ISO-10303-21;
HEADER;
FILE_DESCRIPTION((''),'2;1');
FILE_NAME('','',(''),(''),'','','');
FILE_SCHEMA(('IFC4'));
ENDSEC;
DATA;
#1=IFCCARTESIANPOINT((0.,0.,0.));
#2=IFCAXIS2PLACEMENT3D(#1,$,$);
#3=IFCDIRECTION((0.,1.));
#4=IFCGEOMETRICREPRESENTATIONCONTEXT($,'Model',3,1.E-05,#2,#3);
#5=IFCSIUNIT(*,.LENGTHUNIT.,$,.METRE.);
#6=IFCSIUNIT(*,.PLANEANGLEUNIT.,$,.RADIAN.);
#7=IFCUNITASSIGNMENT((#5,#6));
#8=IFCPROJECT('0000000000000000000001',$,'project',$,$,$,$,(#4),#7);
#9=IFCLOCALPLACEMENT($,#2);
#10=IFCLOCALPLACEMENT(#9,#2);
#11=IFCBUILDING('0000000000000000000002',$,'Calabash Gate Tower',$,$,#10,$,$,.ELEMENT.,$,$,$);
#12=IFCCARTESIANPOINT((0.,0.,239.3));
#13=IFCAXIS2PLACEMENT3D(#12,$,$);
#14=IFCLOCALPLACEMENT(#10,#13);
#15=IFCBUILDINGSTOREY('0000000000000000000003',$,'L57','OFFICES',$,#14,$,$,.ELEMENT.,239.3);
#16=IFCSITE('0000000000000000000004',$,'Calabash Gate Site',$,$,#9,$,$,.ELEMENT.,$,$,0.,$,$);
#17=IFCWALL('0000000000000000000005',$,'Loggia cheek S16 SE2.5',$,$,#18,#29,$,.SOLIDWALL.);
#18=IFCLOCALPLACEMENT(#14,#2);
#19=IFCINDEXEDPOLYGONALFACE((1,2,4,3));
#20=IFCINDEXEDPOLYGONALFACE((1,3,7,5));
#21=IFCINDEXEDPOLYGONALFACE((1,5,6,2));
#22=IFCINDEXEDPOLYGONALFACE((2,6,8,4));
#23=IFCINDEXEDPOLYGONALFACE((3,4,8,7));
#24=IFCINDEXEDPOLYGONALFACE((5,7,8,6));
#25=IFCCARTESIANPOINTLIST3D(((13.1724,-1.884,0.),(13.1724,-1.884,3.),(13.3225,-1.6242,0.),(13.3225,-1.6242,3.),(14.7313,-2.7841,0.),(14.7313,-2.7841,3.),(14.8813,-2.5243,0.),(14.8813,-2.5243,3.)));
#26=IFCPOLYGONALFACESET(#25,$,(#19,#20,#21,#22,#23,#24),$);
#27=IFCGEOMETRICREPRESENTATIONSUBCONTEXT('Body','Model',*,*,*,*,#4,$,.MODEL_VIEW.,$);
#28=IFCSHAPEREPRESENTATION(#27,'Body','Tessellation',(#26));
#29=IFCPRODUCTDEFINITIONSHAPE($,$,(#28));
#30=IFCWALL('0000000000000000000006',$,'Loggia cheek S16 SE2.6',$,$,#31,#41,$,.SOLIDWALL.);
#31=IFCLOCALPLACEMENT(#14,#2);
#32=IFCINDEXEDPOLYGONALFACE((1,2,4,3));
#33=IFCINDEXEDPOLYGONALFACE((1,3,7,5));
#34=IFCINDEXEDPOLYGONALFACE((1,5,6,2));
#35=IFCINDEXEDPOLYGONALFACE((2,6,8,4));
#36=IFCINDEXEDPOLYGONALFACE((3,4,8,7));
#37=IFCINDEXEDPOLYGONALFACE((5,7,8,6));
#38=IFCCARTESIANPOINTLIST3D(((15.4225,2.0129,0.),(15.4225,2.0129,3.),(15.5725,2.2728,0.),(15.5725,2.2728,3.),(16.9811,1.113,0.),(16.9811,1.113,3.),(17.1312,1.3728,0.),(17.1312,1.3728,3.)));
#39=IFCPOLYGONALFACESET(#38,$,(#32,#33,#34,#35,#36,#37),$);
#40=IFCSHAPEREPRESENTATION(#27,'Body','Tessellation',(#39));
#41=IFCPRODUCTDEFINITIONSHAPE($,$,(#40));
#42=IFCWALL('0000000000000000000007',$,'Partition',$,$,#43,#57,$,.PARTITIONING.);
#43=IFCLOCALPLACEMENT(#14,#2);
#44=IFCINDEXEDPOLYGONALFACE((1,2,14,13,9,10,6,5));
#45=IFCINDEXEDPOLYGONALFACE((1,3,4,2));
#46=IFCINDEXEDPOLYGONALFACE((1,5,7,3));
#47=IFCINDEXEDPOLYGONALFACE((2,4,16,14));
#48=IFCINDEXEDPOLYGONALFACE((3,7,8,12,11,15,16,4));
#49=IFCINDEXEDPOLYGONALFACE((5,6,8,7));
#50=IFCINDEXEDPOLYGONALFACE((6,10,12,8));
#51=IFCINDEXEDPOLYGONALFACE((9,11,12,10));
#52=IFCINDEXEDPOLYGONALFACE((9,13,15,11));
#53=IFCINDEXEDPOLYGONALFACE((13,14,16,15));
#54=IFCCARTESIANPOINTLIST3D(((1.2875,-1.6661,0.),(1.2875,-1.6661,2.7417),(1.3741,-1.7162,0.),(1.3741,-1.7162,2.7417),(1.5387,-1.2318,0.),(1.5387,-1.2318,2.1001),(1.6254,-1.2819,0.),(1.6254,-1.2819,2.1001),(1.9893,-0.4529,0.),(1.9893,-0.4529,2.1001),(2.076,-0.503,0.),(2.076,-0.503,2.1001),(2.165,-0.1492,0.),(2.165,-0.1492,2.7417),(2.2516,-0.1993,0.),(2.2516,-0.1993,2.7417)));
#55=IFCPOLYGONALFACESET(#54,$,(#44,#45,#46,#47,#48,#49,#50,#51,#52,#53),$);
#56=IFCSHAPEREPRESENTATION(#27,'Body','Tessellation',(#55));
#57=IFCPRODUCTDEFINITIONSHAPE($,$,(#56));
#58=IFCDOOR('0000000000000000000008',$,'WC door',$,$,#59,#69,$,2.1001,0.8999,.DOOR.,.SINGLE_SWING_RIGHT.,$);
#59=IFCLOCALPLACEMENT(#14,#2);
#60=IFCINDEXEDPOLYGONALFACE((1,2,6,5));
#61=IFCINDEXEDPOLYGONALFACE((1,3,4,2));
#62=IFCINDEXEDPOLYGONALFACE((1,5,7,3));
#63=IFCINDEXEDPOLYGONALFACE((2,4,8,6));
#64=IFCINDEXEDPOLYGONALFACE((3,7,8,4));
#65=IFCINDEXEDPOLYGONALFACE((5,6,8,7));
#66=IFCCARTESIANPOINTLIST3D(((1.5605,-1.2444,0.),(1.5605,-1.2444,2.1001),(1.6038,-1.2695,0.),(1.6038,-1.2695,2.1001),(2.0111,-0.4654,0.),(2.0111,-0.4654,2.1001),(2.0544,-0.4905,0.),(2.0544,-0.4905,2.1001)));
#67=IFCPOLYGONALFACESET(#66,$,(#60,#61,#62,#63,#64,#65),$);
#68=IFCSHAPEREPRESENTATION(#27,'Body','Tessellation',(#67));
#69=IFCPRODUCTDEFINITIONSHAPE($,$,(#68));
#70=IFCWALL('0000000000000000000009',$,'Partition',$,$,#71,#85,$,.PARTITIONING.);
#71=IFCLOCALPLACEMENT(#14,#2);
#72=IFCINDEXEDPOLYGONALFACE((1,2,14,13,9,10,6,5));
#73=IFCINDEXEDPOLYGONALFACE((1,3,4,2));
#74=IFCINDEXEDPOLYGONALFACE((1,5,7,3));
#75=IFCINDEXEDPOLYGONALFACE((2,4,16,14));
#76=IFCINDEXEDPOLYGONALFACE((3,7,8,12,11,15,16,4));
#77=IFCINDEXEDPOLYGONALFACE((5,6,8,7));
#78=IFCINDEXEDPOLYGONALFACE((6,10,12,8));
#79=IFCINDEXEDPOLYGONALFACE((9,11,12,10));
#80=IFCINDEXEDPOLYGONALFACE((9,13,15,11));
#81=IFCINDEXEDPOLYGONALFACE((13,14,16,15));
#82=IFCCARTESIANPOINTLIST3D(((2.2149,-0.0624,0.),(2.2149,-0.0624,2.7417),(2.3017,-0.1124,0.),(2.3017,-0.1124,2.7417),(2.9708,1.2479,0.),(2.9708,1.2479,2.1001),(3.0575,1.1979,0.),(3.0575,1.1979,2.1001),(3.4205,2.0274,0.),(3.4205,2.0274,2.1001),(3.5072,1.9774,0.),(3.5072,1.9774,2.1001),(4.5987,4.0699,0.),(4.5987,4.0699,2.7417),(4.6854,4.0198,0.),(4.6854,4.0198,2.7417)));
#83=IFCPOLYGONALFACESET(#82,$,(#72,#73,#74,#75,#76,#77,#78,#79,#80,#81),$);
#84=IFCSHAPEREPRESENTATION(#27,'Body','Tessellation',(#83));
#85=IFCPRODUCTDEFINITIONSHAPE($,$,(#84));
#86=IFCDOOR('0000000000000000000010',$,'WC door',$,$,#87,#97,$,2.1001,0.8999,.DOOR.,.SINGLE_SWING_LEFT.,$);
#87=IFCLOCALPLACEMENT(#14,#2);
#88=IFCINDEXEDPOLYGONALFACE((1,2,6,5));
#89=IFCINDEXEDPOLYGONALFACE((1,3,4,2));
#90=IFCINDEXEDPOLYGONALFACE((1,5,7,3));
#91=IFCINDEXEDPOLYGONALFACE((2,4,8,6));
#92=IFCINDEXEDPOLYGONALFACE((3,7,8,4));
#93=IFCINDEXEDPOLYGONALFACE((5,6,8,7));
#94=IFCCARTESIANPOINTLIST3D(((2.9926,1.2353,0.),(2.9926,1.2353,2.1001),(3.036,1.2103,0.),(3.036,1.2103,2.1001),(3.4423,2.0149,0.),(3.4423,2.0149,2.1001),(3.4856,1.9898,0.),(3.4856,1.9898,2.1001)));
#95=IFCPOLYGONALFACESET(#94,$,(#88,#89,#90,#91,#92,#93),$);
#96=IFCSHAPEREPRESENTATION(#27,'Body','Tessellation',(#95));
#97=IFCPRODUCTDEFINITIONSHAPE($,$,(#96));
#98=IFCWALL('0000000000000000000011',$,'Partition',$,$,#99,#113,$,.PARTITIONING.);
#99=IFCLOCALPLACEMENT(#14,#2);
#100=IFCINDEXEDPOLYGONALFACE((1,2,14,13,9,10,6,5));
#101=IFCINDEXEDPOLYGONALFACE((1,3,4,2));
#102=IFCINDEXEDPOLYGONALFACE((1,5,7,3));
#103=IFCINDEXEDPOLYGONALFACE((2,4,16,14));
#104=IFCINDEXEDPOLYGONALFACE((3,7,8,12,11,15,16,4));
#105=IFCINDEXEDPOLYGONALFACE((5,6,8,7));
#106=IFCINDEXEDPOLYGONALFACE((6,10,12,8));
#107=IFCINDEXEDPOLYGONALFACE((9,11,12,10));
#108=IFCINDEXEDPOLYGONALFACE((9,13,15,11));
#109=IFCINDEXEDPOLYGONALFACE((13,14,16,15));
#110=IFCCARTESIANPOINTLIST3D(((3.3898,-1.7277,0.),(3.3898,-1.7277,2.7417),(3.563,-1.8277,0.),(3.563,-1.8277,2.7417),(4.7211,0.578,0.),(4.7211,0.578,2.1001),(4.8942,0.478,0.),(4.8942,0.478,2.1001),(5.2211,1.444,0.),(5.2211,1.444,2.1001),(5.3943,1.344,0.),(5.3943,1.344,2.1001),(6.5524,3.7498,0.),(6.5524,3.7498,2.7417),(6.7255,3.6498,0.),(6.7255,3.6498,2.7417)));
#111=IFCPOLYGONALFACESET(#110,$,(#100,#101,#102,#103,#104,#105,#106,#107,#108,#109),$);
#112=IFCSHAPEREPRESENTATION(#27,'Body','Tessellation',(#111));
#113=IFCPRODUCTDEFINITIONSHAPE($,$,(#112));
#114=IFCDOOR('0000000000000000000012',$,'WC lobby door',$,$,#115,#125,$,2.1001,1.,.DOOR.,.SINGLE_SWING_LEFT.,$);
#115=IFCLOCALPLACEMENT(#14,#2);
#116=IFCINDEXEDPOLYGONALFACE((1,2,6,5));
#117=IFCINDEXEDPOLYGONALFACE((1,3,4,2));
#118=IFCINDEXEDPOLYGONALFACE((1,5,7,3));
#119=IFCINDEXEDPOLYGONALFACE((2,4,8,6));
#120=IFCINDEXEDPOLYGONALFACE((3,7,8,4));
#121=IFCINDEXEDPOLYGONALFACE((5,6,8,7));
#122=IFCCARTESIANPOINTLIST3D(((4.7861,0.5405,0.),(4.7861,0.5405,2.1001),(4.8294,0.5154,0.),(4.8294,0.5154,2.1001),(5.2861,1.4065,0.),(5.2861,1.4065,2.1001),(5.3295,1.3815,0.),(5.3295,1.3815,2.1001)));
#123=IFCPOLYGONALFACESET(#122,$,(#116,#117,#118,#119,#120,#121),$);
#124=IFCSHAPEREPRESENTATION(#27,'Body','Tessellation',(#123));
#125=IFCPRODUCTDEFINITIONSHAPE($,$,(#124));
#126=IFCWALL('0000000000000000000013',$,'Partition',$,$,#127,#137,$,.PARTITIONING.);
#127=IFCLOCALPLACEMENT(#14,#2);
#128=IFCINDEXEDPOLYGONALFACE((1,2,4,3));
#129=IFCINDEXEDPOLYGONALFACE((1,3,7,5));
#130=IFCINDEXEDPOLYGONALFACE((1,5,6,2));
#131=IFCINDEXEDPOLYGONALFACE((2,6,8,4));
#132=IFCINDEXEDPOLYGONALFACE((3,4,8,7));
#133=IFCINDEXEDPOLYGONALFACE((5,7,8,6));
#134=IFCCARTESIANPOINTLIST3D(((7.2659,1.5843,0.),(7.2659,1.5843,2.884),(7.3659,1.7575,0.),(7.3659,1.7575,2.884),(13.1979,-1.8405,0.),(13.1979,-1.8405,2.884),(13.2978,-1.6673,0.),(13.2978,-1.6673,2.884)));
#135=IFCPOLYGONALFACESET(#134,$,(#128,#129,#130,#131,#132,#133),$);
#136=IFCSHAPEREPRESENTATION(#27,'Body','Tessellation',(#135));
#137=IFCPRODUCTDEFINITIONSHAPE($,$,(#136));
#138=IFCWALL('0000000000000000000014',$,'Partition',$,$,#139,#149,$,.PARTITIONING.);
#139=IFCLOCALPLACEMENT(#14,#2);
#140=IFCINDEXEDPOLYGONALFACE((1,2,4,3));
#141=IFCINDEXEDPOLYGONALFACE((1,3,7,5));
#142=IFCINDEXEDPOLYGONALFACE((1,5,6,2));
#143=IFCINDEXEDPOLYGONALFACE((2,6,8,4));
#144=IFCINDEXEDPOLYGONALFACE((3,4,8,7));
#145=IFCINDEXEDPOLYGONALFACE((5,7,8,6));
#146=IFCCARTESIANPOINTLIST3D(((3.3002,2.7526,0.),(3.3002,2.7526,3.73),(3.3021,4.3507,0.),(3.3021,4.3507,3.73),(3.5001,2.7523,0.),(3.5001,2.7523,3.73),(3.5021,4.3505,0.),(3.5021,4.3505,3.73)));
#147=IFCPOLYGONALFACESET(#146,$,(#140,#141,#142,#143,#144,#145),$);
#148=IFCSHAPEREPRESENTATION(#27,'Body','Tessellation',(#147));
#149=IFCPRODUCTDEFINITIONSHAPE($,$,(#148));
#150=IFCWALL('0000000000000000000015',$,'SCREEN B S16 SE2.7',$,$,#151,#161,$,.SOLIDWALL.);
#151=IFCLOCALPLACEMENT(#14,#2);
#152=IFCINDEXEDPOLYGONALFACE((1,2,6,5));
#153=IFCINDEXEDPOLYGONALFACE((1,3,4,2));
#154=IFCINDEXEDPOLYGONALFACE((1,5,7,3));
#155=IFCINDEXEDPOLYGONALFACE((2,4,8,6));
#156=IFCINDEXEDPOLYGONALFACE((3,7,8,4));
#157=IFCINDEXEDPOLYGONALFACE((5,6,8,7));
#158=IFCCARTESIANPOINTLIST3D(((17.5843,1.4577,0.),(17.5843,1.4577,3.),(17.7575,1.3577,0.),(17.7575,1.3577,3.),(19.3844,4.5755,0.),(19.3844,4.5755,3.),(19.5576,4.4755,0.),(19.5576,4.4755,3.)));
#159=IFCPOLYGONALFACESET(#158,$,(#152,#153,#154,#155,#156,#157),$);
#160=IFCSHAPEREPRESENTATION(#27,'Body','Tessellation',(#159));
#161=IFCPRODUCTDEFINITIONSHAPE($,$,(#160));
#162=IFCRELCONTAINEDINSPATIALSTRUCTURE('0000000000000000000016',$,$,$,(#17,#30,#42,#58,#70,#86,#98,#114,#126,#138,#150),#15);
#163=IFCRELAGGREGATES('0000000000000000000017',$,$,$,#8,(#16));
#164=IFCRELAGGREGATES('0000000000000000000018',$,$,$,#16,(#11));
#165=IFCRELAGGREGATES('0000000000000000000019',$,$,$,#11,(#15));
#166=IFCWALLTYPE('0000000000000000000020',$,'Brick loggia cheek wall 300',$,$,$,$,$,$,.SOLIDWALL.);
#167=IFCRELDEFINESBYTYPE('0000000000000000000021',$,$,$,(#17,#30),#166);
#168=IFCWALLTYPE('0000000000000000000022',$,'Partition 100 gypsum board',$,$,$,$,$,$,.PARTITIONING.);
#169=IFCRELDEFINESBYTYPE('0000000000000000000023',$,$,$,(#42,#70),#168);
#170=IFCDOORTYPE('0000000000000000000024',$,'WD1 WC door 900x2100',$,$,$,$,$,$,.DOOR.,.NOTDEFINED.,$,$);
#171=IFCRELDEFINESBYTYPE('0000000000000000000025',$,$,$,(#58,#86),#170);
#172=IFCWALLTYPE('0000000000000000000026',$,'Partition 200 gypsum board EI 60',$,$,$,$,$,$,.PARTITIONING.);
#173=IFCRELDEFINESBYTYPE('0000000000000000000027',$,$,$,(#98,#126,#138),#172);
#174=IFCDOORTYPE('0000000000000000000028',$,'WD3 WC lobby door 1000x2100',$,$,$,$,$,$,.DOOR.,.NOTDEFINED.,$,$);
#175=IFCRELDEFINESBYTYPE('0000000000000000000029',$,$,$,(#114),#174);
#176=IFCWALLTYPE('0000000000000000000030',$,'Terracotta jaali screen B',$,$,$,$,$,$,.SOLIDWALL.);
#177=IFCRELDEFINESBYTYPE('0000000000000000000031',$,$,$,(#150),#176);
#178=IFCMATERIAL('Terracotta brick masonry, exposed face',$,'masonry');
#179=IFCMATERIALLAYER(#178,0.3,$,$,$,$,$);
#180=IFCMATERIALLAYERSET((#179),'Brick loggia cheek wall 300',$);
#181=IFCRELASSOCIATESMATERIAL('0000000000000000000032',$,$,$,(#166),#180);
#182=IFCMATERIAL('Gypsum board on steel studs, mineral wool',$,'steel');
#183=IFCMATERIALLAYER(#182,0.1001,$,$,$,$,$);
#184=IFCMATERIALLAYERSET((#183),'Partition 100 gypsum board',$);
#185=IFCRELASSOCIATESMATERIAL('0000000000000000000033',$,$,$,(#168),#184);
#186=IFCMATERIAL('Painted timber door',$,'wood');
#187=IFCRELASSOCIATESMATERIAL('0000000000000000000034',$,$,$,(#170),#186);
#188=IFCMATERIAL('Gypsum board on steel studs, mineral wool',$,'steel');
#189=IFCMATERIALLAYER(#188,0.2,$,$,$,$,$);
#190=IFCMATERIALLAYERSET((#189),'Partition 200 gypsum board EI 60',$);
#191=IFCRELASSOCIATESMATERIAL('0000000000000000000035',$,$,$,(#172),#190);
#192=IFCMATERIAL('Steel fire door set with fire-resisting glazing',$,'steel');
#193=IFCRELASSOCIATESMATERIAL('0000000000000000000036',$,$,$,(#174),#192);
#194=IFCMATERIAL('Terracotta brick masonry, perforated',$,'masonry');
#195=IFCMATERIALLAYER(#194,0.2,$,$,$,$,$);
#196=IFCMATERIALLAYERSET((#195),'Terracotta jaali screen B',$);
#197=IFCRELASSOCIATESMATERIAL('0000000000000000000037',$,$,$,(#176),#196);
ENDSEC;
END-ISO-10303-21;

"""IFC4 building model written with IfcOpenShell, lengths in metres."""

from ifc_helpers import new_model, si_unit, direction, frame, frame_2d, origin, place, context, subcontext, project, spatial, rectangle, extrude, material, layer, layer_set, type_object, element, fill, save


model = new_model("IFC4")

# Units and contexts
model_context = context("Model", 3, precision=1e-05, world=origin(), true_north=direction((0.0, 1.0)))
body_context = subcontext(model_context, "Body", "Model", "MODEL_VIEW")
ifc_project = project(units=[si_unit("LENGTHUNIT", "METRE"), si_unit("PLANEANGLEUNIT", "RADIAN")], contexts=[model_context])

# Site, building, storey
site_placement = place(None, origin())
site = spatial("IfcSite", under=ifc_project, at=site_placement, Name="Calabash Gate Site", CompositionType="ELEMENT", RefElevation=0.0)
building_placement = place(site_placement, origin())
building = spatial("IfcBuilding", under=site, at=building_placement, Name="Calabash Gate Tower", CompositionType="ELEMENT")
storey_placement = place(building_placement, frame((0.0, 0.0, 239.3)))
storey = spatial("IfcBuildingStorey", under=building, at=storey_placement, Name="L57", Description="OFFICES", CompositionType="ELEMENT", Elevation=239.3)

# Walls
ifc_material_1 = material(Name="Terracotta brick masonry, exposed face", Category="masonry")
ifc_layer_1 = layer(ifc_material_1, 0.3)
ifc_layer_set_1 = layer_set([ifc_layer_1], Name="Brick loggia cheek wall 300")
wall_type_1 = type_object("IfcWallType", Name="Brick loggia cheek wall 300", PredefinedType="SOLIDWALL", material=ifc_layer_set_1)
wall_1_placement = place(storey_placement, frame((13.2476, -1.7542, 0.0), z_axis=(0.0, 0.0, 1.0), x_axis=(0.865989, -0.500063, 0.0)))
element("IfcWall", 1, at=wall_1_placement, inside=storey, type_object=wall_type_1, Name="Loggia cheek S16 SE2.5", PredefinedType="SOLIDWALL", context=body_context, shape_type="SweptSolid", body=[
    extrude(rectangle(XDim=1.8, YDim=0.3, at=frame_2d((0.8999, 0.0))), origin(), (0.0, 0.0, 1.0), 3.0),
])
wall_2_placement = place(storey_placement, frame((17.0562, 1.2429, 0.0), z_axis=(0.0, 0.0, 1.0), x_axis=(-0.866014, 0.50002, 0.0)))
element("IfcWall", 2, at=wall_2_placement, inside=storey, type_object=wall_type_1, Name="Loggia cheek S16 SE2.6", PredefinedType="SOLIDWALL", context=body_context, shape_type="SweptSolid", body=[
    extrude(rectangle(XDim=1.7998, YDim=0.3, at=frame_2d((0.8999, 0.0))), origin(), (0.0, 0.0, 1.0), 3.0),
])

# Walls, openings, doors
ifc_material_2 = material(Name="Gypsum board on steel studs, mineral wool", Category="steel")
ifc_layer_2 = layer(ifc_material_2, 0.1001)
ifc_layer_set_2 = layer_set([ifc_layer_2], Name="Partition 100 gypsum board")
wall_type_2 = type_object("IfcWallType", Name="Partition 100 gypsum board", PredefinedType="PARTITIONING", material=ifc_layer_set_2)
wall_3_placement = place(storey_placement, frame((1.3308, -1.6912, 0.0), z_axis=(0.0, 0.0, 1.0), x_axis=(0.500723, 0.865607, 0.0)))
wall_3 = element("IfcWall", 3, at=wall_3_placement, inside=storey, type_object=wall_type_2, Name="Partition", PredefinedType="PARTITIONING", context=body_context, shape_type="SweptSolid", body=[
    extrude(rectangle(XDim=1.7524, YDim=0.1001, at=frame_2d((0.8762, 0.0))), origin(), (0.0, 0.0, 1.0), 2.7417),
])
opening_1_placement = place(wall_3_placement, frame((0.5017, 0.0, 0.0)))
opening_1 = element("IfcOpeningElement", 4, at=opening_1_placement, cuts=wall_3, PredefinedType="OPENING", context=body_context, shape_type="SweptSolid", body=[
    extrude(rectangle(XDim=0.8999, YDim=2.1001, at=frame_2d((0.45, 1.05))), frame((0.0, 0.0601, 0.0), z_axis=(0.0, -1.0, 0.0), x_axis=(1.0, 0.0, 0.0)), (0.0, 0.0, 1.0), 0.1201),
])
ifc_material_3 = material(Name="Painted timber door", Category="wood")
door_type_1 = type_object("IfcDoorType", Name="WD1 WC door 900x2100", OperationType="NOTDEFINED", PredefinedType="DOOR", material=ifc_material_3)
door_1_placement = place(opening_1_placement, origin())
door_1 = element("IfcDoor", 5, at=door_1_placement, inside=storey, type_object=door_type_1, Name="WC door", OperationType="SINGLE_SWING_RIGHT", OverallHeight=2.1001, OverallWidth=0.8999, PredefinedType="DOOR", context=body_context, shape_type="SweptSolid", body=[
    extrude(rectangle(XDim=0.8999, YDim=2.1001, at=frame_2d((0.45, 1.05))), frame((0.0, 0.0249, 0.0), z_axis=(0.0, -1.0, 0.0), x_axis=(1.0, 0.0, 0.0)), (0.0, 0.0, 1.0), 0.05),
])
fill(opening_1, door_1)
wall_4_placement = place(storey_placement, frame((2.2583, -0.0874, 0.0), z_axis=(0.0, 0.0, 1.0), x_axis=(0.499684, 0.866208, 0.0)))
wall_4 = element("IfcWall", 6, at=wall_4_placement, inside=storey, type_object=wall_type_2, Name="Partition", PredefinedType="PARTITIONING", context=body_context, shape_type="SweptSolid", body=[
    extrude(rectangle(XDim=4.7705, YDim=0.1001, at=frame_2d((2.3853, 0.0))), origin(), (0.0, 0.0, 1.0), 2.7417),
])
opening_2_placement = place(wall_4_placement, frame((1.5127, 0.0, 0.0)))
opening_2 = element("IfcOpeningElement", 7, at=opening_2_placement, cuts=wall_4, PredefinedType="OPENING", context=body_context, shape_type="SweptSolid", body=[
    extrude(rectangle(XDim=0.8999, YDim=2.1001, at=frame_2d((0.45, 1.05))), frame((0.0, 0.0601, 0.0), z_axis=(0.0, -1.0, 0.0), x_axis=(1.0, 0.0, 0.0)), (0.0, 0.0, 1.0), 0.1201),
])
door_2_placement = place(opening_2_placement, origin())
door_2 = element("IfcDoor", 8, at=door_2_placement, inside=storey, type_object=door_type_1, Name="WC door", OperationType="SINGLE_SWING_LEFT", OverallHeight=2.1001, OverallWidth=0.8999, PredefinedType="DOOR", context=body_context, shape_type="SweptSolid", body=[
    extrude(rectangle(XDim=0.8999, YDim=2.1001, at=frame_2d((0.45, 1.05))), frame((0.0, 0.0249, 0.0), z_axis=(0.0, -1.0, 0.0), x_axis=(1.0, 0.0, 0.0)), (0.0, 0.0, 1.0), 0.05),
])
fill(opening_2, door_2)
ifc_material_4 = material(Name="Gypsum board on steel studs, mineral wool", Category="steel")
ifc_layer_3 = layer(ifc_material_4, 0.2)
ifc_layer_set_3 = layer_set([ifc_layer_3], Name="Partition 200 gypsum board EI 60")
wall_type_3 = type_object("IfcWallType", Name="Partition 200 gypsum board EI 60", PredefinedType="PARTITIONING", material=ifc_layer_set_3)
wall_5_placement = place(storey_placement, frame((3.4763, -1.7778, 0.0), z_axis=(0.0, 0.0, 1.0), x_axis=(0.500016, 0.866016, 0.0)))
wall_5 = element("IfcWall", 9, at=wall_5_placement, inside=storey, type_object=wall_type_3, Name="Partition", PredefinedType="PARTITIONING", context=body_context, shape_type="SweptSolid", body=[
    extrude(rectangle(XDim=6.325, YDim=0.2, at=frame_2d((3.1626, 0.0))), origin(), (0.0, 0.0, 1.0), 2.7417),
])
opening_3_placement = place(wall_5_placement, frame((2.6626, 0.0, 0.0)))
opening_3 = element("IfcOpeningElement", 10, at=opening_3_placement, cuts=wall_5, PredefinedType="OPENING", context=body_context, shape_type="SweptSolid", body=[
    extrude(rectangle(XDim=1.0, YDim=2.1001, at=frame_2d((0.5, 1.05))), frame((0.0, 0.1099, 0.0), z_axis=(0.0, -1.0, 0.0), x_axis=(1.0, 0.0, 0.0)), (0.0, 0.0, 1.0), 0.22),
])
ifc_material_5 = material(Name="Steel fire door set with fire-resisting glazing", Category="steel")
door_type_2 = type_object("IfcDoorType", Name="WD3 WC lobby door 1000x2100", OperationType="NOTDEFINED", PredefinedType="DOOR", material=ifc_material_5)
door_3_placement = place(opening_3_placement, origin())
door_3 = element("IfcDoor", 11, at=door_3_placement, inside=storey, type_object=door_type_2, Name="WC lobby door", OperationType="SINGLE_SWING_LEFT", OverallHeight=2.1001, OverallWidth=1.0, PredefinedType="DOOR", context=body_context, shape_type="SweptSolid", body=[
    extrude(rectangle(XDim=1.0, YDim=2.1001, at=frame_2d((0.5, 1.05))), frame((0.0, 0.0249, 0.0), z_axis=(0.0, -1.0, 0.0), x_axis=(1.0, 0.0, 0.0)), (0.0, 0.0, 1.0), 0.05),
])
fill(opening_3, door_3)

# Walls
wall_6_placement = place(storey_placement, frame((7.3159, 1.6709, 0.0), z_axis=(0.0, 0.0, 1.0), x_axis=(0.866024, -0.500003, 0.0)))
element("IfcWall", 12, at=wall_6_placement, inside=storey, type_object=wall_type_3, Name="Partition", PredefinedType="PARTITIONING", context=body_context, shape_type="SweptSolid", body=[
    extrude(rectangle(XDim=6.8496, YDim=0.2, at=frame_2d((3.4248, 0.0))), origin(), (0.0, 0.0, 1.0), 2.884),
])
wall_7_placement = place(storey_placement, frame((3.4001, 2.7524, 0.0), z_axis=(0.0, 0.0, 1.0), x_axis=(0.001222, 0.999999, 0.0)))
element("IfcWall", 13, at=wall_7_placement, inside=storey, type_object=wall_type_3, Name="Partition", PredefinedType="PARTITIONING", context=body_context, shape_type="SweptSolid", body=[
    extrude(rectangle(XDim=1.5981, YDim=0.2, at=frame_2d((0.7991, 0.0))), origin(), (0.0, 0.0, 1.0), 3.73),
])
ifc_material_6 = material(Name="Terracotta brick masonry, perforated", Category="masonry")
ifc_layer_4 = layer(ifc_material_6, 0.2)
ifc_layer_set_4 = layer_set([ifc_layer_4], Name="Terracotta jaali screen B")
wall_type_4 = type_object("IfcWallType", Name="Terracotta jaali screen B", PredefinedType="SOLIDWALL", material=ifc_layer_set_4)
wall_8_placement = place(storey_placement, frame((17.6709, 1.4077, 0.0), z_axis=(0.0, 0.0, 1.0), x_axis=(0.500012, 0.866018, 0.0)))
element("IfcWall", 14, at=wall_8_placement, inside=storey, type_object=wall_type_4, Name="SCREEN B S16 SE2.7", PredefinedType="SOLIDWALL", context=body_context, shape_type="SweptSolid", body=[
    extrude(rectangle(XDim=3.6001, YDim=0.2, at=frame_2d((1.8, 0.0))), origin(), (0.0, 0.0, 1.0), 3.0),
])

save(model, "model.ifc")
